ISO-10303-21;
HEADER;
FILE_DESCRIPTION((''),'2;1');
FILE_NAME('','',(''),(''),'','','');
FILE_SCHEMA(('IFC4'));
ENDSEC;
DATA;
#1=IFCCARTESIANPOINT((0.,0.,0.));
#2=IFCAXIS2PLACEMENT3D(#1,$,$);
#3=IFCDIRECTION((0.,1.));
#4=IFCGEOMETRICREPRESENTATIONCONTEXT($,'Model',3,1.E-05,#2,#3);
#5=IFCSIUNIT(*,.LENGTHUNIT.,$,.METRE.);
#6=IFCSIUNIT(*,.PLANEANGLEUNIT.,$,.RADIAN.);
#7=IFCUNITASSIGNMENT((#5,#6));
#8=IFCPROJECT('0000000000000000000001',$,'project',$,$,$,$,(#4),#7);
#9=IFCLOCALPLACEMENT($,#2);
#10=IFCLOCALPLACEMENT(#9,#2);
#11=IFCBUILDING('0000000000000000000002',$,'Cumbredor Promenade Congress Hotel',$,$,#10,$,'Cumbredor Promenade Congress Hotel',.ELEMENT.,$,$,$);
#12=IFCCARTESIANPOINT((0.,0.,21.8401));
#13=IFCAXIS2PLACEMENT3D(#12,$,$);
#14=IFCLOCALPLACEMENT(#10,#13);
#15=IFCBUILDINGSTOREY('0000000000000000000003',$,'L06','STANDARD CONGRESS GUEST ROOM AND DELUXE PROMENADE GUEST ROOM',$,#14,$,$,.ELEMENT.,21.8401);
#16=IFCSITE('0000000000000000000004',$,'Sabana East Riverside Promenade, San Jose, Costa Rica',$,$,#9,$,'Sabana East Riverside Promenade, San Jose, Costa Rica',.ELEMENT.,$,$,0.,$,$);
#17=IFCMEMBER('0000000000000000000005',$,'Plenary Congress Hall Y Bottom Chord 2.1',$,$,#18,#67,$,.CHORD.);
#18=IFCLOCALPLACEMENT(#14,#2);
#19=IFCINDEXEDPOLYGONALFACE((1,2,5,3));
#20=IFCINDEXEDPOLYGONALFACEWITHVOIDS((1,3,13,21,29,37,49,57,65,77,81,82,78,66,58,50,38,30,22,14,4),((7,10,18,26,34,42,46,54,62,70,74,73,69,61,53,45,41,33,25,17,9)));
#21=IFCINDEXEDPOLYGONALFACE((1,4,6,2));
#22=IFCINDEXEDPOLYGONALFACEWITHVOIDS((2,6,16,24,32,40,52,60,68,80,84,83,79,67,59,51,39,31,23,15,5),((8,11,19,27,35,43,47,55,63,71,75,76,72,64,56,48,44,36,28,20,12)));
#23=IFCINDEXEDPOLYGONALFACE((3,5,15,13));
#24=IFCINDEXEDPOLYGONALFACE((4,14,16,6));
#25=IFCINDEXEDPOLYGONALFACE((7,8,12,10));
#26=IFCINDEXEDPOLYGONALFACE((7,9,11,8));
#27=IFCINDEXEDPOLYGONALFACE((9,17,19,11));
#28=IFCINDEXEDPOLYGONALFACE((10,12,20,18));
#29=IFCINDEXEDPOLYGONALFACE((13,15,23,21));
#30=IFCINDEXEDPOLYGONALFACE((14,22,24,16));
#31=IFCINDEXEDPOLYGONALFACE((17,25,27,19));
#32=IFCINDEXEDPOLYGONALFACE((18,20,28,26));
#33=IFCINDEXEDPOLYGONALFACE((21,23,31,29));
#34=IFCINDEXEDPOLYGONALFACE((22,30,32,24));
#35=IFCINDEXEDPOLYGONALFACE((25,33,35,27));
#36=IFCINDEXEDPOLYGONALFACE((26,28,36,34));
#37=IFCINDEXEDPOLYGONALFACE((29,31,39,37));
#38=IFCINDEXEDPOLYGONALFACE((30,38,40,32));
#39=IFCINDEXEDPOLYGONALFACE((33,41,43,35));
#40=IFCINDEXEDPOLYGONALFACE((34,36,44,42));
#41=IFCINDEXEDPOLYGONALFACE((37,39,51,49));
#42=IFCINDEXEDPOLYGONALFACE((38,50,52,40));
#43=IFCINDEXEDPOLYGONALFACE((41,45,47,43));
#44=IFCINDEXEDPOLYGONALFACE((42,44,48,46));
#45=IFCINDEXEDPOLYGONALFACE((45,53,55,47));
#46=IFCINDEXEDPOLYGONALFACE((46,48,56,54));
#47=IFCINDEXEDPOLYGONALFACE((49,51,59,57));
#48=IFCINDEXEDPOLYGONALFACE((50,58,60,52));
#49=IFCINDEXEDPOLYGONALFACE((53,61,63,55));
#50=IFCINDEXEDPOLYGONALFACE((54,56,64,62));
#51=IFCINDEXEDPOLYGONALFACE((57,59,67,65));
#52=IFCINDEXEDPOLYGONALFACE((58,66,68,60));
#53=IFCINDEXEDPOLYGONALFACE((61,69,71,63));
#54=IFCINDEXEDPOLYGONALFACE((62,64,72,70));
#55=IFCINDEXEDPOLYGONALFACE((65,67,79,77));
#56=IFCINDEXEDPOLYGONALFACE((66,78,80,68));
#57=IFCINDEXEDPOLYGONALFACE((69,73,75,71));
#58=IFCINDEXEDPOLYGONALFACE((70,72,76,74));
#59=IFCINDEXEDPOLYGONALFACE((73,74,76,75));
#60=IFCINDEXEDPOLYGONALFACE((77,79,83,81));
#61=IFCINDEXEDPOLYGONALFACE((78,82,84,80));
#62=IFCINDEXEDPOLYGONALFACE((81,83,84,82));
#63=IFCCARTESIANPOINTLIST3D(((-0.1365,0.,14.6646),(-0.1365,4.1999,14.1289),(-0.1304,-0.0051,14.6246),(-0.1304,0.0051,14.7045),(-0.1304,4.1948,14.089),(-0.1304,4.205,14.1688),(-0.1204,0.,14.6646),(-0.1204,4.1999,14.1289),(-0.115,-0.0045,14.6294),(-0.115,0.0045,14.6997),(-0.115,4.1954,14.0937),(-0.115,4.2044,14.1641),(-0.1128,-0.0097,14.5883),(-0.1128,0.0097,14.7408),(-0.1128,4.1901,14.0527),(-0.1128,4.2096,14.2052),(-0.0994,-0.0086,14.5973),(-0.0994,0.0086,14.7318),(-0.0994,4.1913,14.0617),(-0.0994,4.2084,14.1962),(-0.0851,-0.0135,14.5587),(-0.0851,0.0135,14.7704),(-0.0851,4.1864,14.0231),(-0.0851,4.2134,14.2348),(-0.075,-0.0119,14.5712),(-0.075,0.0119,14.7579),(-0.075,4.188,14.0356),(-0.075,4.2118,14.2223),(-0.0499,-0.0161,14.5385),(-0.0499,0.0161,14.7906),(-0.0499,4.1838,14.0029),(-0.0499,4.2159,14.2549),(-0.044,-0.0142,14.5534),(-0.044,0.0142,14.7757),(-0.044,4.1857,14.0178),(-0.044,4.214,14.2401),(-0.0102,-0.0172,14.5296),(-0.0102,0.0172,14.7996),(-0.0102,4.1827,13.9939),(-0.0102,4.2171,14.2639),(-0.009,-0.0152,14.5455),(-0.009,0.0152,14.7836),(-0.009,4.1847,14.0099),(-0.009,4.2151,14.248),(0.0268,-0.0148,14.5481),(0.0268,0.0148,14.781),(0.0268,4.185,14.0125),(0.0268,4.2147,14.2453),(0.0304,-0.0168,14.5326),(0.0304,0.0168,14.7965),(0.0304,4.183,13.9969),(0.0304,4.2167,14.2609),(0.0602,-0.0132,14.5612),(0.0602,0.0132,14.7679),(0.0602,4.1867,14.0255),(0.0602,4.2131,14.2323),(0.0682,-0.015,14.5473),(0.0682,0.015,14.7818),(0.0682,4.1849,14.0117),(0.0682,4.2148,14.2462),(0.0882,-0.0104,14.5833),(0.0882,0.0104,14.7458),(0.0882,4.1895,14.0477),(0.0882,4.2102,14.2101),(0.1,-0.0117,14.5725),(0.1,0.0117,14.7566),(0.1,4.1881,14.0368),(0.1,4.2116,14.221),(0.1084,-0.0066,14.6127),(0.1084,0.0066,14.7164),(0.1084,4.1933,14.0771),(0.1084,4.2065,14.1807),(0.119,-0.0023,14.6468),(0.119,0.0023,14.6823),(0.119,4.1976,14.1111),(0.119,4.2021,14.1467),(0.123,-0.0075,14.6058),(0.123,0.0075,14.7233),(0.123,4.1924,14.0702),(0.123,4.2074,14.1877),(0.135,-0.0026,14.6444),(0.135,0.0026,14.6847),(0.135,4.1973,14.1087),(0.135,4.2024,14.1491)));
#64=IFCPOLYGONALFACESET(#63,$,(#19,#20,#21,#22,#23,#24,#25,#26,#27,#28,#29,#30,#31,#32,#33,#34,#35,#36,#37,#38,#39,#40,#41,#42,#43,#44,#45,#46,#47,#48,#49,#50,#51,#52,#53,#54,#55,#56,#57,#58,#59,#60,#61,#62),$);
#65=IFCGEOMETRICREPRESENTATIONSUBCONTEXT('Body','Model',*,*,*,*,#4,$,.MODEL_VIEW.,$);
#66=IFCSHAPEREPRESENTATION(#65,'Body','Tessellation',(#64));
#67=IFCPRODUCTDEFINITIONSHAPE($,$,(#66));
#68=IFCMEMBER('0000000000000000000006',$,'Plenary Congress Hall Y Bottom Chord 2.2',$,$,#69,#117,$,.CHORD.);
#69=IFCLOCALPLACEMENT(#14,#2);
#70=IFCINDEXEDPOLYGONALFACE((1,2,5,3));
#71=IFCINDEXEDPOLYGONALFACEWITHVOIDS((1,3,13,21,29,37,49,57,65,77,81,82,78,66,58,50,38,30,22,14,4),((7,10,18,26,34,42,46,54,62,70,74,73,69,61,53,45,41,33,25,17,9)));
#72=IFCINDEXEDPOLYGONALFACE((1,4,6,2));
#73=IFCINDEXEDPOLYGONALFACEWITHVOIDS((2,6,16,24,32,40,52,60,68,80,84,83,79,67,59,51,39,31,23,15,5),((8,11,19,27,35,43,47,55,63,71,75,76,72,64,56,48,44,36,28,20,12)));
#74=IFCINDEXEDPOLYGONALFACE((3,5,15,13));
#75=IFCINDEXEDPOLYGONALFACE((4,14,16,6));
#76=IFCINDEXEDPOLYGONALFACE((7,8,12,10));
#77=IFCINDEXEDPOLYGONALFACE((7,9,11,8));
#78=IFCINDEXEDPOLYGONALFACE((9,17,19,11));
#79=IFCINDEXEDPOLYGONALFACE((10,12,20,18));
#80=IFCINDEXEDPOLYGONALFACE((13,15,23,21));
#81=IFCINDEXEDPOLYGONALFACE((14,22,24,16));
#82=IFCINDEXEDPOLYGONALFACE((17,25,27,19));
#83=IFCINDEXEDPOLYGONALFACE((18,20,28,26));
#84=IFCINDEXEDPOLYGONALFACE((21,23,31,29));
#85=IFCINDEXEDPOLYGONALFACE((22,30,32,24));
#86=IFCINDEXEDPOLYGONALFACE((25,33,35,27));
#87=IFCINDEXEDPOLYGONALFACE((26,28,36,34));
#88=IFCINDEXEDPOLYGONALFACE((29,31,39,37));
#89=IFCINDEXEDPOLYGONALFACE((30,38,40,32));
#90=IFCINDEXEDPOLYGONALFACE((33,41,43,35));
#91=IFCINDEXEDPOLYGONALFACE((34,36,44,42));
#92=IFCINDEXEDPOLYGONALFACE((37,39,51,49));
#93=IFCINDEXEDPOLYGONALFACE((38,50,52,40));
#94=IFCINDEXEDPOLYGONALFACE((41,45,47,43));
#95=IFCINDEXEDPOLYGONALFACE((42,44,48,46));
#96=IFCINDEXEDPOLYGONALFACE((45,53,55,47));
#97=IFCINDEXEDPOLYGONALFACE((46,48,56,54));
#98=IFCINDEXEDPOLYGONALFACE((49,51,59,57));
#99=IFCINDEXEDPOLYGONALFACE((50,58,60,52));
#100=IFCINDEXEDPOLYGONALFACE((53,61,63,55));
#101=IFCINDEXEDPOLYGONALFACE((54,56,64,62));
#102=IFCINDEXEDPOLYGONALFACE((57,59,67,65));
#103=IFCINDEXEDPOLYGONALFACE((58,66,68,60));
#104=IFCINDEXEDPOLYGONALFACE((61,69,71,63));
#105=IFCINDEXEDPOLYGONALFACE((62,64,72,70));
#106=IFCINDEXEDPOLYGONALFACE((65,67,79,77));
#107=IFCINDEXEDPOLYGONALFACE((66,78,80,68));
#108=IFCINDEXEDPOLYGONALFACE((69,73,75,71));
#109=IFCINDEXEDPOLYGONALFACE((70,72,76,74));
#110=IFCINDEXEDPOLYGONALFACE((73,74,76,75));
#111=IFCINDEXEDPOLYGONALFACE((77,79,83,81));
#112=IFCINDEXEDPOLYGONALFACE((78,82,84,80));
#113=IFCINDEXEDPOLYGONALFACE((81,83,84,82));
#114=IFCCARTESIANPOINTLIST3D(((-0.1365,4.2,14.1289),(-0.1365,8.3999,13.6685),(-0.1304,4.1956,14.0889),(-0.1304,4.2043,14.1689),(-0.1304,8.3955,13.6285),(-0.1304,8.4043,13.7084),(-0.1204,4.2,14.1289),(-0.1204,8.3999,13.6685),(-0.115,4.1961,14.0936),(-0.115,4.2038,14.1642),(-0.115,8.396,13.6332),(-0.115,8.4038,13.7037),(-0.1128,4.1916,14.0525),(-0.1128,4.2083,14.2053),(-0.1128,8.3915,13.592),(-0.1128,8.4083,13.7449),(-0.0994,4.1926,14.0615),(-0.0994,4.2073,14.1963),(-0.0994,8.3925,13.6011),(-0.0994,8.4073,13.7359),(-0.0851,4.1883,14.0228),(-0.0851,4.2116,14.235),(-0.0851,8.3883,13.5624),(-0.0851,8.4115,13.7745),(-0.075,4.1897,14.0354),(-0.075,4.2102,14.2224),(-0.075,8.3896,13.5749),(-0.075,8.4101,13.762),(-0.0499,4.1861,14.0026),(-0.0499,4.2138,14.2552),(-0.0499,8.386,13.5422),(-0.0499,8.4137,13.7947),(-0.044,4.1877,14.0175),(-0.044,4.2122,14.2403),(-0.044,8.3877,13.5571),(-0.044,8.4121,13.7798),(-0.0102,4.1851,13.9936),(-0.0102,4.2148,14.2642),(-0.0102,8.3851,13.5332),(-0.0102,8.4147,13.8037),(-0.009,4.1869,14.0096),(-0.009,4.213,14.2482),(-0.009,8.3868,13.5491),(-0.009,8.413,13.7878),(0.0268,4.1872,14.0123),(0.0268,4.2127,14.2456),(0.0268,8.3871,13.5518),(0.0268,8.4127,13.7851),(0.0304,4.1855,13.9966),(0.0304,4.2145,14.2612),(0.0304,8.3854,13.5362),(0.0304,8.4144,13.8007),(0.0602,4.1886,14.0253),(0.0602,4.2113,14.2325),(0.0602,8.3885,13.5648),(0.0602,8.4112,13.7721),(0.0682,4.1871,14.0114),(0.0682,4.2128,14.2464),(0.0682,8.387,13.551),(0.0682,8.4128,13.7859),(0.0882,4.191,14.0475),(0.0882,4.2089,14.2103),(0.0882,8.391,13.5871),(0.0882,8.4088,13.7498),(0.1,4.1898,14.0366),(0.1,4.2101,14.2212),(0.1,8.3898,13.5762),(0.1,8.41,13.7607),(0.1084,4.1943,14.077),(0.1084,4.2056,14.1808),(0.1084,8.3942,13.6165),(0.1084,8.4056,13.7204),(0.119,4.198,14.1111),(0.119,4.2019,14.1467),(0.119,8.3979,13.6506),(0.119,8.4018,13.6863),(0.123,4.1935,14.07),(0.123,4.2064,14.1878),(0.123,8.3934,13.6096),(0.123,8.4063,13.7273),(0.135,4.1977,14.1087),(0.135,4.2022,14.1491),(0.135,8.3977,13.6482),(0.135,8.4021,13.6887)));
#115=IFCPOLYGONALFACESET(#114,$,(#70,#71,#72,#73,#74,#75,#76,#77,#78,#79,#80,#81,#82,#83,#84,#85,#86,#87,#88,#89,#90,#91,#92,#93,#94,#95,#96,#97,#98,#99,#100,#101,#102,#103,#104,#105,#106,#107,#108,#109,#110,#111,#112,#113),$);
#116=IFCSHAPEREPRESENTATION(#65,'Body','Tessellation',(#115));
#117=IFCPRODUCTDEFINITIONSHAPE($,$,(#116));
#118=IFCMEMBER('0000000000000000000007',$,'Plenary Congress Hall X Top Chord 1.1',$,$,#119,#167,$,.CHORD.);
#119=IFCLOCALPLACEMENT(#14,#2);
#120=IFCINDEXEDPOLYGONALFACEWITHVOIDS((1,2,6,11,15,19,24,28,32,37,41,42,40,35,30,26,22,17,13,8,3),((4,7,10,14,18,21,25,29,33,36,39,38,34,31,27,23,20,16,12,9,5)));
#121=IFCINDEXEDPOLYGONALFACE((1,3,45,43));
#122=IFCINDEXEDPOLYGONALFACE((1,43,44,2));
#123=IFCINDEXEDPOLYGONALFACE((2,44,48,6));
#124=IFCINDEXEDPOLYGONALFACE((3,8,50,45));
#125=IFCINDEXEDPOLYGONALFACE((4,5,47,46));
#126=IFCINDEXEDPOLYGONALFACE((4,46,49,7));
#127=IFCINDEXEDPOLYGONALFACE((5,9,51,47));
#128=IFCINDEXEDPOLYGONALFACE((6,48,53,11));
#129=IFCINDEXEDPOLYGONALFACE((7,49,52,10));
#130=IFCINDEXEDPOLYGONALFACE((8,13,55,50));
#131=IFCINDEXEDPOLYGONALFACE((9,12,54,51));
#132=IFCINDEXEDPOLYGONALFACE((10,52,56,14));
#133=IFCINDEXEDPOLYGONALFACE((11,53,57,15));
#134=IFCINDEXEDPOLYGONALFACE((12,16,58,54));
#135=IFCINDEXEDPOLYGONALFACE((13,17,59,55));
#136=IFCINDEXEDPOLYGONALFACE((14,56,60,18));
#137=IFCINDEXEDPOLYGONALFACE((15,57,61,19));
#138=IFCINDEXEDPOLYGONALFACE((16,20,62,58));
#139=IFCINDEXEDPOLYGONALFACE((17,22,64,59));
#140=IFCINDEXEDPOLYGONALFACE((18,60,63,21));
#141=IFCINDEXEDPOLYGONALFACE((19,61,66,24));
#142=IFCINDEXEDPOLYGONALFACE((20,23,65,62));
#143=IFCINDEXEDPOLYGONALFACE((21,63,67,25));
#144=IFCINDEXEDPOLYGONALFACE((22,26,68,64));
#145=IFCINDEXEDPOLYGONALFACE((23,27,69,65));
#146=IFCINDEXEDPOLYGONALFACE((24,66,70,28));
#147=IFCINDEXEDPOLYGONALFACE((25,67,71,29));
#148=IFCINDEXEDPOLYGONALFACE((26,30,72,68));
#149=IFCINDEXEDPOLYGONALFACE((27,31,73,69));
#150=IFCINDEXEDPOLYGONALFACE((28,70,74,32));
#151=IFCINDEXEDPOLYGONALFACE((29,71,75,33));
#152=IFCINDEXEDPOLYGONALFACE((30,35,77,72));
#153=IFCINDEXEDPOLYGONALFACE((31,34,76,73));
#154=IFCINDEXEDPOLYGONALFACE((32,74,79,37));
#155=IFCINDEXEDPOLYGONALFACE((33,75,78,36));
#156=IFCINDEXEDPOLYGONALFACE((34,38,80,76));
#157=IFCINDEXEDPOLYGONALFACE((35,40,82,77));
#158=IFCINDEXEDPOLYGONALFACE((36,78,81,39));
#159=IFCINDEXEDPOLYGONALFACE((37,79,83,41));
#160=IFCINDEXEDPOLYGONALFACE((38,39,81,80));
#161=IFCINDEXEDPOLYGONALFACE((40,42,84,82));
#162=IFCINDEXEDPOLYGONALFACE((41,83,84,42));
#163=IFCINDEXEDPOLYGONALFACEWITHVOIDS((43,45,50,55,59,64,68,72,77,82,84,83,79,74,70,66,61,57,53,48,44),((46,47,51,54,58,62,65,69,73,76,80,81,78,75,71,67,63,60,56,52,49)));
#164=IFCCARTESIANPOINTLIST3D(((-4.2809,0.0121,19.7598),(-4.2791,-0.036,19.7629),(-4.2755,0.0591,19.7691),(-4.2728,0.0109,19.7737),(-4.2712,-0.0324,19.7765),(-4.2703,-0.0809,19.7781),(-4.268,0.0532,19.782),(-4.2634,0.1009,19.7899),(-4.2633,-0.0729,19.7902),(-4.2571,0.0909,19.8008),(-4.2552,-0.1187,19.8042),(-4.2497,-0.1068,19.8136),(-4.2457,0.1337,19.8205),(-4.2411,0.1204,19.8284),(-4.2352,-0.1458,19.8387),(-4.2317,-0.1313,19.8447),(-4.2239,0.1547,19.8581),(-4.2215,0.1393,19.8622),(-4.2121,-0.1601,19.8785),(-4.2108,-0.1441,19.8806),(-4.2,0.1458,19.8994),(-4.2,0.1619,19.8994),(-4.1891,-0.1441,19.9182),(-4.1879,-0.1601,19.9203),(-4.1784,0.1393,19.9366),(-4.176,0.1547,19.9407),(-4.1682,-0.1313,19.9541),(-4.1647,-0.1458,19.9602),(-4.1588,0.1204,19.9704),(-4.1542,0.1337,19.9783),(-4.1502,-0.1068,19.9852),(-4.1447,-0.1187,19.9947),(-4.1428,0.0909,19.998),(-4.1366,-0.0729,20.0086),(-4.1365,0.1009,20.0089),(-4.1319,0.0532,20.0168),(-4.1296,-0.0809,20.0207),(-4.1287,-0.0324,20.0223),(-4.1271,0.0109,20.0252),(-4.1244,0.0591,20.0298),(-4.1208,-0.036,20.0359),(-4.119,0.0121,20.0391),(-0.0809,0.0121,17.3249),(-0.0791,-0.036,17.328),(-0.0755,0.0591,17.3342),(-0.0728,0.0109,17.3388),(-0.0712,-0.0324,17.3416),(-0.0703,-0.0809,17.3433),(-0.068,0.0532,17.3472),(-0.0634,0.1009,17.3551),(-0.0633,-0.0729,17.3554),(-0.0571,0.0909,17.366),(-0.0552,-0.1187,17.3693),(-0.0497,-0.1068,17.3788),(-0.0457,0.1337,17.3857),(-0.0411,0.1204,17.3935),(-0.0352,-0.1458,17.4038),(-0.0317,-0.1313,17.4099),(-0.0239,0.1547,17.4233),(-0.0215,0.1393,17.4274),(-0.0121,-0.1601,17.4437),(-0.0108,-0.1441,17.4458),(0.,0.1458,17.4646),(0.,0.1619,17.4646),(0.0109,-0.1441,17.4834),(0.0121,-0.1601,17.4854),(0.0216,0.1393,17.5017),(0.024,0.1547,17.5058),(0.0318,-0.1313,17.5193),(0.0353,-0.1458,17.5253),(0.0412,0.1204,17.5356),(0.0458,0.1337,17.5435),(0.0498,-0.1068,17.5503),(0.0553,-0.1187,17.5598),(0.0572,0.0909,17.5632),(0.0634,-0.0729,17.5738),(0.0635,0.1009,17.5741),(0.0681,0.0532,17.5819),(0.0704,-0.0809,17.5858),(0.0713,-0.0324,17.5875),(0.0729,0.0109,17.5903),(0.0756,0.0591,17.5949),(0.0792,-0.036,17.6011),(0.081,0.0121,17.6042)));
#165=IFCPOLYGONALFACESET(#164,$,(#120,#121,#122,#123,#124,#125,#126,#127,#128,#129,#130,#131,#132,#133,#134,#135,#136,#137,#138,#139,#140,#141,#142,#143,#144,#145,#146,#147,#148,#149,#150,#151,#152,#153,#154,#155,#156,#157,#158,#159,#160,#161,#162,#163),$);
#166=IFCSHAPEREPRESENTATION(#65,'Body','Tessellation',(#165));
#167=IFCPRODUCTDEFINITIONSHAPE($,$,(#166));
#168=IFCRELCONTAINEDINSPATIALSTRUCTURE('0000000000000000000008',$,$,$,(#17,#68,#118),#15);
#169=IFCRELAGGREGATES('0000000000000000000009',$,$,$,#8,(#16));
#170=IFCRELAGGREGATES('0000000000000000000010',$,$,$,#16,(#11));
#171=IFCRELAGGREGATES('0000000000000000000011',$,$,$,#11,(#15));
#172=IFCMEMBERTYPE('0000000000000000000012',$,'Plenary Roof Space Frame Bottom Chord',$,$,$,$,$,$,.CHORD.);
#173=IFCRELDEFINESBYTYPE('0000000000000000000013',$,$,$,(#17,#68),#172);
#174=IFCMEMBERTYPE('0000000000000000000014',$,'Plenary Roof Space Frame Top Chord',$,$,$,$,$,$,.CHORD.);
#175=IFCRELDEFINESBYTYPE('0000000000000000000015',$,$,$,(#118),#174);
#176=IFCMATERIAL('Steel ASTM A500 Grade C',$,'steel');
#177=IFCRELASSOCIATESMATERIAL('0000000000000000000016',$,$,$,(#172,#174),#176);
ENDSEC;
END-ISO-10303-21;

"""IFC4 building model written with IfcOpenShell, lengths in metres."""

from ifc_helpers import new_model, si_unit, direction, frame, origin, origin_2d, place, context, subcontext, project, spatial, hollow_circle, extrude, material, material_profile, profile_set, type_object, element, save


model = new_model("IFC4")

# Units and contexts
model_context = context("Model", 3, precision=1e-05, world=origin(), true_north=direction((0.0, 1.0)))
body_context = subcontext(model_context, "Body", "Model", "MODEL_VIEW")
ifc_project = project(units=[si_unit("LENGTHUNIT", "METRE"), si_unit("PLANEANGLEUNIT", "RADIAN")], contexts=[model_context])

# Site, building, storey
site_placement = place(None, origin())
site = spatial("IfcSite", under=ifc_project, at=site_placement, Name="Sabana East Riverside Promenade, San Jose, Costa Rica", LongName="Sabana East Riverside Promenade, San Jose, Costa Rica", CompositionType="ELEMENT", RefElevation=0.0)
building_placement = place(site_placement, origin())
building = spatial("IfcBuilding", under=site, at=building_placement, Name="Cumbredor Promenade Congress Hotel", LongName="Cumbredor Promenade Congress Hotel", CompositionType="ELEMENT")
storey_placement = place(building_placement, frame((0.0, 0.0, 21.8401)))
storey = spatial("IfcBuildingStorey", under=building, at=storey_placement, Name="L06", Description="STANDARD CONGRESS GUEST ROOM AND DELUXE PROMENADE GUEST ROOM", CompositionType="ELEMENT", Elevation=21.8401)

# Members
ifc_material_1 = material(Name="Steel ASTM A500 Grade C", Category="steel")
ifc_material_profile_1 = material_profile(ifc_material_1, hollow_circle(Radius=0.1365, WallThickness=0.0161, at=origin_2d()), Name="CHS 273.0x16")
ifc_profile_set_1 = profile_set([ifc_material_profile_1], Name="Steel ASTM A500 Grade C")
member_type_1 = type_object("IfcMemberType", Name="Plenary Roof Space Frame Bottom Chord", PredefinedType="CHORD", material=ifc_profile_set_1)
member_1_placement = place(storey_placement, frame((0.0, 0.0, 14.6646), z_axis=(0.0, 0.991965, -0.126511), x_axis=(-1.0, 0.0, 0.0)))
element("IfcMember", 1, at=member_1_placement, inside=storey, type_object=member_type_1, Name="Plenary Congress Hall Y Bottom Chord 2.1", PredefinedType="CHORD", context=body_context, shape_type="SweptSolid", body=[
    extrude(hollow_circle(Radius=0.1365, WallThickness=0.0161, at=origin_2d()), origin(), (0.0, 0.0, 1.0), 4.2339),
])
member_2_placement = place(storey_placement, frame((0.0, 4.2, 14.1289), z_axis=(0.0, 0.994044, -0.108979), x_axis=(-1.0, 0.0, 0.0)))
element("IfcMember", 2, at=member_2_placement, inside=storey, type_object=member_type_1, Name="Plenary Congress Hall Y Bottom Chord 2.2", PredefinedType="CHORD", context=body_context, shape_type="SweptSolid", body=[
    extrude(hollow_circle(Radius=0.1365, WallThickness=0.0161, at=origin_2d()), origin(), (0.0, 0.0, 1.0), 4.2251),
])
ifc_material_profile_2 = material_profile(ifc_material_1, hollow_circle(Radius=0.1619, WallThickness=0.0161, at=origin_2d()), Name="CHS 323.9x16")
ifc_profile_set_2 = profile_set([ifc_material_profile_2], Name="Steel ASTM A500 Grade C")
member_type_2 = type_object("IfcMemberType", Name="Plenary Roof Space Frame Top Chord", PredefinedType="CHORD", material=ifc_profile_set_2)
member_3_placement = place(storey_placement, frame((-4.2, 0.0, 19.8994), z_axis=(0.865135, 0.0, -0.50154), x_axis=(0.0, 1.0, 0.0)))
element("IfcMember", 3, at=member_3_placement, inside=storey, type_object=member_type_2, Name="Plenary Congress Hall X Top Chord 1.1", PredefinedType="CHORD", context=body_context, shape_type="SweptSolid", body=[
    extrude(hollow_circle(Radius=0.1619, WallThickness=0.0161, at=origin_2d()), origin(), (0.0, 0.0, 1.0), 4.8547),
])

save(model, "model.ifc")
